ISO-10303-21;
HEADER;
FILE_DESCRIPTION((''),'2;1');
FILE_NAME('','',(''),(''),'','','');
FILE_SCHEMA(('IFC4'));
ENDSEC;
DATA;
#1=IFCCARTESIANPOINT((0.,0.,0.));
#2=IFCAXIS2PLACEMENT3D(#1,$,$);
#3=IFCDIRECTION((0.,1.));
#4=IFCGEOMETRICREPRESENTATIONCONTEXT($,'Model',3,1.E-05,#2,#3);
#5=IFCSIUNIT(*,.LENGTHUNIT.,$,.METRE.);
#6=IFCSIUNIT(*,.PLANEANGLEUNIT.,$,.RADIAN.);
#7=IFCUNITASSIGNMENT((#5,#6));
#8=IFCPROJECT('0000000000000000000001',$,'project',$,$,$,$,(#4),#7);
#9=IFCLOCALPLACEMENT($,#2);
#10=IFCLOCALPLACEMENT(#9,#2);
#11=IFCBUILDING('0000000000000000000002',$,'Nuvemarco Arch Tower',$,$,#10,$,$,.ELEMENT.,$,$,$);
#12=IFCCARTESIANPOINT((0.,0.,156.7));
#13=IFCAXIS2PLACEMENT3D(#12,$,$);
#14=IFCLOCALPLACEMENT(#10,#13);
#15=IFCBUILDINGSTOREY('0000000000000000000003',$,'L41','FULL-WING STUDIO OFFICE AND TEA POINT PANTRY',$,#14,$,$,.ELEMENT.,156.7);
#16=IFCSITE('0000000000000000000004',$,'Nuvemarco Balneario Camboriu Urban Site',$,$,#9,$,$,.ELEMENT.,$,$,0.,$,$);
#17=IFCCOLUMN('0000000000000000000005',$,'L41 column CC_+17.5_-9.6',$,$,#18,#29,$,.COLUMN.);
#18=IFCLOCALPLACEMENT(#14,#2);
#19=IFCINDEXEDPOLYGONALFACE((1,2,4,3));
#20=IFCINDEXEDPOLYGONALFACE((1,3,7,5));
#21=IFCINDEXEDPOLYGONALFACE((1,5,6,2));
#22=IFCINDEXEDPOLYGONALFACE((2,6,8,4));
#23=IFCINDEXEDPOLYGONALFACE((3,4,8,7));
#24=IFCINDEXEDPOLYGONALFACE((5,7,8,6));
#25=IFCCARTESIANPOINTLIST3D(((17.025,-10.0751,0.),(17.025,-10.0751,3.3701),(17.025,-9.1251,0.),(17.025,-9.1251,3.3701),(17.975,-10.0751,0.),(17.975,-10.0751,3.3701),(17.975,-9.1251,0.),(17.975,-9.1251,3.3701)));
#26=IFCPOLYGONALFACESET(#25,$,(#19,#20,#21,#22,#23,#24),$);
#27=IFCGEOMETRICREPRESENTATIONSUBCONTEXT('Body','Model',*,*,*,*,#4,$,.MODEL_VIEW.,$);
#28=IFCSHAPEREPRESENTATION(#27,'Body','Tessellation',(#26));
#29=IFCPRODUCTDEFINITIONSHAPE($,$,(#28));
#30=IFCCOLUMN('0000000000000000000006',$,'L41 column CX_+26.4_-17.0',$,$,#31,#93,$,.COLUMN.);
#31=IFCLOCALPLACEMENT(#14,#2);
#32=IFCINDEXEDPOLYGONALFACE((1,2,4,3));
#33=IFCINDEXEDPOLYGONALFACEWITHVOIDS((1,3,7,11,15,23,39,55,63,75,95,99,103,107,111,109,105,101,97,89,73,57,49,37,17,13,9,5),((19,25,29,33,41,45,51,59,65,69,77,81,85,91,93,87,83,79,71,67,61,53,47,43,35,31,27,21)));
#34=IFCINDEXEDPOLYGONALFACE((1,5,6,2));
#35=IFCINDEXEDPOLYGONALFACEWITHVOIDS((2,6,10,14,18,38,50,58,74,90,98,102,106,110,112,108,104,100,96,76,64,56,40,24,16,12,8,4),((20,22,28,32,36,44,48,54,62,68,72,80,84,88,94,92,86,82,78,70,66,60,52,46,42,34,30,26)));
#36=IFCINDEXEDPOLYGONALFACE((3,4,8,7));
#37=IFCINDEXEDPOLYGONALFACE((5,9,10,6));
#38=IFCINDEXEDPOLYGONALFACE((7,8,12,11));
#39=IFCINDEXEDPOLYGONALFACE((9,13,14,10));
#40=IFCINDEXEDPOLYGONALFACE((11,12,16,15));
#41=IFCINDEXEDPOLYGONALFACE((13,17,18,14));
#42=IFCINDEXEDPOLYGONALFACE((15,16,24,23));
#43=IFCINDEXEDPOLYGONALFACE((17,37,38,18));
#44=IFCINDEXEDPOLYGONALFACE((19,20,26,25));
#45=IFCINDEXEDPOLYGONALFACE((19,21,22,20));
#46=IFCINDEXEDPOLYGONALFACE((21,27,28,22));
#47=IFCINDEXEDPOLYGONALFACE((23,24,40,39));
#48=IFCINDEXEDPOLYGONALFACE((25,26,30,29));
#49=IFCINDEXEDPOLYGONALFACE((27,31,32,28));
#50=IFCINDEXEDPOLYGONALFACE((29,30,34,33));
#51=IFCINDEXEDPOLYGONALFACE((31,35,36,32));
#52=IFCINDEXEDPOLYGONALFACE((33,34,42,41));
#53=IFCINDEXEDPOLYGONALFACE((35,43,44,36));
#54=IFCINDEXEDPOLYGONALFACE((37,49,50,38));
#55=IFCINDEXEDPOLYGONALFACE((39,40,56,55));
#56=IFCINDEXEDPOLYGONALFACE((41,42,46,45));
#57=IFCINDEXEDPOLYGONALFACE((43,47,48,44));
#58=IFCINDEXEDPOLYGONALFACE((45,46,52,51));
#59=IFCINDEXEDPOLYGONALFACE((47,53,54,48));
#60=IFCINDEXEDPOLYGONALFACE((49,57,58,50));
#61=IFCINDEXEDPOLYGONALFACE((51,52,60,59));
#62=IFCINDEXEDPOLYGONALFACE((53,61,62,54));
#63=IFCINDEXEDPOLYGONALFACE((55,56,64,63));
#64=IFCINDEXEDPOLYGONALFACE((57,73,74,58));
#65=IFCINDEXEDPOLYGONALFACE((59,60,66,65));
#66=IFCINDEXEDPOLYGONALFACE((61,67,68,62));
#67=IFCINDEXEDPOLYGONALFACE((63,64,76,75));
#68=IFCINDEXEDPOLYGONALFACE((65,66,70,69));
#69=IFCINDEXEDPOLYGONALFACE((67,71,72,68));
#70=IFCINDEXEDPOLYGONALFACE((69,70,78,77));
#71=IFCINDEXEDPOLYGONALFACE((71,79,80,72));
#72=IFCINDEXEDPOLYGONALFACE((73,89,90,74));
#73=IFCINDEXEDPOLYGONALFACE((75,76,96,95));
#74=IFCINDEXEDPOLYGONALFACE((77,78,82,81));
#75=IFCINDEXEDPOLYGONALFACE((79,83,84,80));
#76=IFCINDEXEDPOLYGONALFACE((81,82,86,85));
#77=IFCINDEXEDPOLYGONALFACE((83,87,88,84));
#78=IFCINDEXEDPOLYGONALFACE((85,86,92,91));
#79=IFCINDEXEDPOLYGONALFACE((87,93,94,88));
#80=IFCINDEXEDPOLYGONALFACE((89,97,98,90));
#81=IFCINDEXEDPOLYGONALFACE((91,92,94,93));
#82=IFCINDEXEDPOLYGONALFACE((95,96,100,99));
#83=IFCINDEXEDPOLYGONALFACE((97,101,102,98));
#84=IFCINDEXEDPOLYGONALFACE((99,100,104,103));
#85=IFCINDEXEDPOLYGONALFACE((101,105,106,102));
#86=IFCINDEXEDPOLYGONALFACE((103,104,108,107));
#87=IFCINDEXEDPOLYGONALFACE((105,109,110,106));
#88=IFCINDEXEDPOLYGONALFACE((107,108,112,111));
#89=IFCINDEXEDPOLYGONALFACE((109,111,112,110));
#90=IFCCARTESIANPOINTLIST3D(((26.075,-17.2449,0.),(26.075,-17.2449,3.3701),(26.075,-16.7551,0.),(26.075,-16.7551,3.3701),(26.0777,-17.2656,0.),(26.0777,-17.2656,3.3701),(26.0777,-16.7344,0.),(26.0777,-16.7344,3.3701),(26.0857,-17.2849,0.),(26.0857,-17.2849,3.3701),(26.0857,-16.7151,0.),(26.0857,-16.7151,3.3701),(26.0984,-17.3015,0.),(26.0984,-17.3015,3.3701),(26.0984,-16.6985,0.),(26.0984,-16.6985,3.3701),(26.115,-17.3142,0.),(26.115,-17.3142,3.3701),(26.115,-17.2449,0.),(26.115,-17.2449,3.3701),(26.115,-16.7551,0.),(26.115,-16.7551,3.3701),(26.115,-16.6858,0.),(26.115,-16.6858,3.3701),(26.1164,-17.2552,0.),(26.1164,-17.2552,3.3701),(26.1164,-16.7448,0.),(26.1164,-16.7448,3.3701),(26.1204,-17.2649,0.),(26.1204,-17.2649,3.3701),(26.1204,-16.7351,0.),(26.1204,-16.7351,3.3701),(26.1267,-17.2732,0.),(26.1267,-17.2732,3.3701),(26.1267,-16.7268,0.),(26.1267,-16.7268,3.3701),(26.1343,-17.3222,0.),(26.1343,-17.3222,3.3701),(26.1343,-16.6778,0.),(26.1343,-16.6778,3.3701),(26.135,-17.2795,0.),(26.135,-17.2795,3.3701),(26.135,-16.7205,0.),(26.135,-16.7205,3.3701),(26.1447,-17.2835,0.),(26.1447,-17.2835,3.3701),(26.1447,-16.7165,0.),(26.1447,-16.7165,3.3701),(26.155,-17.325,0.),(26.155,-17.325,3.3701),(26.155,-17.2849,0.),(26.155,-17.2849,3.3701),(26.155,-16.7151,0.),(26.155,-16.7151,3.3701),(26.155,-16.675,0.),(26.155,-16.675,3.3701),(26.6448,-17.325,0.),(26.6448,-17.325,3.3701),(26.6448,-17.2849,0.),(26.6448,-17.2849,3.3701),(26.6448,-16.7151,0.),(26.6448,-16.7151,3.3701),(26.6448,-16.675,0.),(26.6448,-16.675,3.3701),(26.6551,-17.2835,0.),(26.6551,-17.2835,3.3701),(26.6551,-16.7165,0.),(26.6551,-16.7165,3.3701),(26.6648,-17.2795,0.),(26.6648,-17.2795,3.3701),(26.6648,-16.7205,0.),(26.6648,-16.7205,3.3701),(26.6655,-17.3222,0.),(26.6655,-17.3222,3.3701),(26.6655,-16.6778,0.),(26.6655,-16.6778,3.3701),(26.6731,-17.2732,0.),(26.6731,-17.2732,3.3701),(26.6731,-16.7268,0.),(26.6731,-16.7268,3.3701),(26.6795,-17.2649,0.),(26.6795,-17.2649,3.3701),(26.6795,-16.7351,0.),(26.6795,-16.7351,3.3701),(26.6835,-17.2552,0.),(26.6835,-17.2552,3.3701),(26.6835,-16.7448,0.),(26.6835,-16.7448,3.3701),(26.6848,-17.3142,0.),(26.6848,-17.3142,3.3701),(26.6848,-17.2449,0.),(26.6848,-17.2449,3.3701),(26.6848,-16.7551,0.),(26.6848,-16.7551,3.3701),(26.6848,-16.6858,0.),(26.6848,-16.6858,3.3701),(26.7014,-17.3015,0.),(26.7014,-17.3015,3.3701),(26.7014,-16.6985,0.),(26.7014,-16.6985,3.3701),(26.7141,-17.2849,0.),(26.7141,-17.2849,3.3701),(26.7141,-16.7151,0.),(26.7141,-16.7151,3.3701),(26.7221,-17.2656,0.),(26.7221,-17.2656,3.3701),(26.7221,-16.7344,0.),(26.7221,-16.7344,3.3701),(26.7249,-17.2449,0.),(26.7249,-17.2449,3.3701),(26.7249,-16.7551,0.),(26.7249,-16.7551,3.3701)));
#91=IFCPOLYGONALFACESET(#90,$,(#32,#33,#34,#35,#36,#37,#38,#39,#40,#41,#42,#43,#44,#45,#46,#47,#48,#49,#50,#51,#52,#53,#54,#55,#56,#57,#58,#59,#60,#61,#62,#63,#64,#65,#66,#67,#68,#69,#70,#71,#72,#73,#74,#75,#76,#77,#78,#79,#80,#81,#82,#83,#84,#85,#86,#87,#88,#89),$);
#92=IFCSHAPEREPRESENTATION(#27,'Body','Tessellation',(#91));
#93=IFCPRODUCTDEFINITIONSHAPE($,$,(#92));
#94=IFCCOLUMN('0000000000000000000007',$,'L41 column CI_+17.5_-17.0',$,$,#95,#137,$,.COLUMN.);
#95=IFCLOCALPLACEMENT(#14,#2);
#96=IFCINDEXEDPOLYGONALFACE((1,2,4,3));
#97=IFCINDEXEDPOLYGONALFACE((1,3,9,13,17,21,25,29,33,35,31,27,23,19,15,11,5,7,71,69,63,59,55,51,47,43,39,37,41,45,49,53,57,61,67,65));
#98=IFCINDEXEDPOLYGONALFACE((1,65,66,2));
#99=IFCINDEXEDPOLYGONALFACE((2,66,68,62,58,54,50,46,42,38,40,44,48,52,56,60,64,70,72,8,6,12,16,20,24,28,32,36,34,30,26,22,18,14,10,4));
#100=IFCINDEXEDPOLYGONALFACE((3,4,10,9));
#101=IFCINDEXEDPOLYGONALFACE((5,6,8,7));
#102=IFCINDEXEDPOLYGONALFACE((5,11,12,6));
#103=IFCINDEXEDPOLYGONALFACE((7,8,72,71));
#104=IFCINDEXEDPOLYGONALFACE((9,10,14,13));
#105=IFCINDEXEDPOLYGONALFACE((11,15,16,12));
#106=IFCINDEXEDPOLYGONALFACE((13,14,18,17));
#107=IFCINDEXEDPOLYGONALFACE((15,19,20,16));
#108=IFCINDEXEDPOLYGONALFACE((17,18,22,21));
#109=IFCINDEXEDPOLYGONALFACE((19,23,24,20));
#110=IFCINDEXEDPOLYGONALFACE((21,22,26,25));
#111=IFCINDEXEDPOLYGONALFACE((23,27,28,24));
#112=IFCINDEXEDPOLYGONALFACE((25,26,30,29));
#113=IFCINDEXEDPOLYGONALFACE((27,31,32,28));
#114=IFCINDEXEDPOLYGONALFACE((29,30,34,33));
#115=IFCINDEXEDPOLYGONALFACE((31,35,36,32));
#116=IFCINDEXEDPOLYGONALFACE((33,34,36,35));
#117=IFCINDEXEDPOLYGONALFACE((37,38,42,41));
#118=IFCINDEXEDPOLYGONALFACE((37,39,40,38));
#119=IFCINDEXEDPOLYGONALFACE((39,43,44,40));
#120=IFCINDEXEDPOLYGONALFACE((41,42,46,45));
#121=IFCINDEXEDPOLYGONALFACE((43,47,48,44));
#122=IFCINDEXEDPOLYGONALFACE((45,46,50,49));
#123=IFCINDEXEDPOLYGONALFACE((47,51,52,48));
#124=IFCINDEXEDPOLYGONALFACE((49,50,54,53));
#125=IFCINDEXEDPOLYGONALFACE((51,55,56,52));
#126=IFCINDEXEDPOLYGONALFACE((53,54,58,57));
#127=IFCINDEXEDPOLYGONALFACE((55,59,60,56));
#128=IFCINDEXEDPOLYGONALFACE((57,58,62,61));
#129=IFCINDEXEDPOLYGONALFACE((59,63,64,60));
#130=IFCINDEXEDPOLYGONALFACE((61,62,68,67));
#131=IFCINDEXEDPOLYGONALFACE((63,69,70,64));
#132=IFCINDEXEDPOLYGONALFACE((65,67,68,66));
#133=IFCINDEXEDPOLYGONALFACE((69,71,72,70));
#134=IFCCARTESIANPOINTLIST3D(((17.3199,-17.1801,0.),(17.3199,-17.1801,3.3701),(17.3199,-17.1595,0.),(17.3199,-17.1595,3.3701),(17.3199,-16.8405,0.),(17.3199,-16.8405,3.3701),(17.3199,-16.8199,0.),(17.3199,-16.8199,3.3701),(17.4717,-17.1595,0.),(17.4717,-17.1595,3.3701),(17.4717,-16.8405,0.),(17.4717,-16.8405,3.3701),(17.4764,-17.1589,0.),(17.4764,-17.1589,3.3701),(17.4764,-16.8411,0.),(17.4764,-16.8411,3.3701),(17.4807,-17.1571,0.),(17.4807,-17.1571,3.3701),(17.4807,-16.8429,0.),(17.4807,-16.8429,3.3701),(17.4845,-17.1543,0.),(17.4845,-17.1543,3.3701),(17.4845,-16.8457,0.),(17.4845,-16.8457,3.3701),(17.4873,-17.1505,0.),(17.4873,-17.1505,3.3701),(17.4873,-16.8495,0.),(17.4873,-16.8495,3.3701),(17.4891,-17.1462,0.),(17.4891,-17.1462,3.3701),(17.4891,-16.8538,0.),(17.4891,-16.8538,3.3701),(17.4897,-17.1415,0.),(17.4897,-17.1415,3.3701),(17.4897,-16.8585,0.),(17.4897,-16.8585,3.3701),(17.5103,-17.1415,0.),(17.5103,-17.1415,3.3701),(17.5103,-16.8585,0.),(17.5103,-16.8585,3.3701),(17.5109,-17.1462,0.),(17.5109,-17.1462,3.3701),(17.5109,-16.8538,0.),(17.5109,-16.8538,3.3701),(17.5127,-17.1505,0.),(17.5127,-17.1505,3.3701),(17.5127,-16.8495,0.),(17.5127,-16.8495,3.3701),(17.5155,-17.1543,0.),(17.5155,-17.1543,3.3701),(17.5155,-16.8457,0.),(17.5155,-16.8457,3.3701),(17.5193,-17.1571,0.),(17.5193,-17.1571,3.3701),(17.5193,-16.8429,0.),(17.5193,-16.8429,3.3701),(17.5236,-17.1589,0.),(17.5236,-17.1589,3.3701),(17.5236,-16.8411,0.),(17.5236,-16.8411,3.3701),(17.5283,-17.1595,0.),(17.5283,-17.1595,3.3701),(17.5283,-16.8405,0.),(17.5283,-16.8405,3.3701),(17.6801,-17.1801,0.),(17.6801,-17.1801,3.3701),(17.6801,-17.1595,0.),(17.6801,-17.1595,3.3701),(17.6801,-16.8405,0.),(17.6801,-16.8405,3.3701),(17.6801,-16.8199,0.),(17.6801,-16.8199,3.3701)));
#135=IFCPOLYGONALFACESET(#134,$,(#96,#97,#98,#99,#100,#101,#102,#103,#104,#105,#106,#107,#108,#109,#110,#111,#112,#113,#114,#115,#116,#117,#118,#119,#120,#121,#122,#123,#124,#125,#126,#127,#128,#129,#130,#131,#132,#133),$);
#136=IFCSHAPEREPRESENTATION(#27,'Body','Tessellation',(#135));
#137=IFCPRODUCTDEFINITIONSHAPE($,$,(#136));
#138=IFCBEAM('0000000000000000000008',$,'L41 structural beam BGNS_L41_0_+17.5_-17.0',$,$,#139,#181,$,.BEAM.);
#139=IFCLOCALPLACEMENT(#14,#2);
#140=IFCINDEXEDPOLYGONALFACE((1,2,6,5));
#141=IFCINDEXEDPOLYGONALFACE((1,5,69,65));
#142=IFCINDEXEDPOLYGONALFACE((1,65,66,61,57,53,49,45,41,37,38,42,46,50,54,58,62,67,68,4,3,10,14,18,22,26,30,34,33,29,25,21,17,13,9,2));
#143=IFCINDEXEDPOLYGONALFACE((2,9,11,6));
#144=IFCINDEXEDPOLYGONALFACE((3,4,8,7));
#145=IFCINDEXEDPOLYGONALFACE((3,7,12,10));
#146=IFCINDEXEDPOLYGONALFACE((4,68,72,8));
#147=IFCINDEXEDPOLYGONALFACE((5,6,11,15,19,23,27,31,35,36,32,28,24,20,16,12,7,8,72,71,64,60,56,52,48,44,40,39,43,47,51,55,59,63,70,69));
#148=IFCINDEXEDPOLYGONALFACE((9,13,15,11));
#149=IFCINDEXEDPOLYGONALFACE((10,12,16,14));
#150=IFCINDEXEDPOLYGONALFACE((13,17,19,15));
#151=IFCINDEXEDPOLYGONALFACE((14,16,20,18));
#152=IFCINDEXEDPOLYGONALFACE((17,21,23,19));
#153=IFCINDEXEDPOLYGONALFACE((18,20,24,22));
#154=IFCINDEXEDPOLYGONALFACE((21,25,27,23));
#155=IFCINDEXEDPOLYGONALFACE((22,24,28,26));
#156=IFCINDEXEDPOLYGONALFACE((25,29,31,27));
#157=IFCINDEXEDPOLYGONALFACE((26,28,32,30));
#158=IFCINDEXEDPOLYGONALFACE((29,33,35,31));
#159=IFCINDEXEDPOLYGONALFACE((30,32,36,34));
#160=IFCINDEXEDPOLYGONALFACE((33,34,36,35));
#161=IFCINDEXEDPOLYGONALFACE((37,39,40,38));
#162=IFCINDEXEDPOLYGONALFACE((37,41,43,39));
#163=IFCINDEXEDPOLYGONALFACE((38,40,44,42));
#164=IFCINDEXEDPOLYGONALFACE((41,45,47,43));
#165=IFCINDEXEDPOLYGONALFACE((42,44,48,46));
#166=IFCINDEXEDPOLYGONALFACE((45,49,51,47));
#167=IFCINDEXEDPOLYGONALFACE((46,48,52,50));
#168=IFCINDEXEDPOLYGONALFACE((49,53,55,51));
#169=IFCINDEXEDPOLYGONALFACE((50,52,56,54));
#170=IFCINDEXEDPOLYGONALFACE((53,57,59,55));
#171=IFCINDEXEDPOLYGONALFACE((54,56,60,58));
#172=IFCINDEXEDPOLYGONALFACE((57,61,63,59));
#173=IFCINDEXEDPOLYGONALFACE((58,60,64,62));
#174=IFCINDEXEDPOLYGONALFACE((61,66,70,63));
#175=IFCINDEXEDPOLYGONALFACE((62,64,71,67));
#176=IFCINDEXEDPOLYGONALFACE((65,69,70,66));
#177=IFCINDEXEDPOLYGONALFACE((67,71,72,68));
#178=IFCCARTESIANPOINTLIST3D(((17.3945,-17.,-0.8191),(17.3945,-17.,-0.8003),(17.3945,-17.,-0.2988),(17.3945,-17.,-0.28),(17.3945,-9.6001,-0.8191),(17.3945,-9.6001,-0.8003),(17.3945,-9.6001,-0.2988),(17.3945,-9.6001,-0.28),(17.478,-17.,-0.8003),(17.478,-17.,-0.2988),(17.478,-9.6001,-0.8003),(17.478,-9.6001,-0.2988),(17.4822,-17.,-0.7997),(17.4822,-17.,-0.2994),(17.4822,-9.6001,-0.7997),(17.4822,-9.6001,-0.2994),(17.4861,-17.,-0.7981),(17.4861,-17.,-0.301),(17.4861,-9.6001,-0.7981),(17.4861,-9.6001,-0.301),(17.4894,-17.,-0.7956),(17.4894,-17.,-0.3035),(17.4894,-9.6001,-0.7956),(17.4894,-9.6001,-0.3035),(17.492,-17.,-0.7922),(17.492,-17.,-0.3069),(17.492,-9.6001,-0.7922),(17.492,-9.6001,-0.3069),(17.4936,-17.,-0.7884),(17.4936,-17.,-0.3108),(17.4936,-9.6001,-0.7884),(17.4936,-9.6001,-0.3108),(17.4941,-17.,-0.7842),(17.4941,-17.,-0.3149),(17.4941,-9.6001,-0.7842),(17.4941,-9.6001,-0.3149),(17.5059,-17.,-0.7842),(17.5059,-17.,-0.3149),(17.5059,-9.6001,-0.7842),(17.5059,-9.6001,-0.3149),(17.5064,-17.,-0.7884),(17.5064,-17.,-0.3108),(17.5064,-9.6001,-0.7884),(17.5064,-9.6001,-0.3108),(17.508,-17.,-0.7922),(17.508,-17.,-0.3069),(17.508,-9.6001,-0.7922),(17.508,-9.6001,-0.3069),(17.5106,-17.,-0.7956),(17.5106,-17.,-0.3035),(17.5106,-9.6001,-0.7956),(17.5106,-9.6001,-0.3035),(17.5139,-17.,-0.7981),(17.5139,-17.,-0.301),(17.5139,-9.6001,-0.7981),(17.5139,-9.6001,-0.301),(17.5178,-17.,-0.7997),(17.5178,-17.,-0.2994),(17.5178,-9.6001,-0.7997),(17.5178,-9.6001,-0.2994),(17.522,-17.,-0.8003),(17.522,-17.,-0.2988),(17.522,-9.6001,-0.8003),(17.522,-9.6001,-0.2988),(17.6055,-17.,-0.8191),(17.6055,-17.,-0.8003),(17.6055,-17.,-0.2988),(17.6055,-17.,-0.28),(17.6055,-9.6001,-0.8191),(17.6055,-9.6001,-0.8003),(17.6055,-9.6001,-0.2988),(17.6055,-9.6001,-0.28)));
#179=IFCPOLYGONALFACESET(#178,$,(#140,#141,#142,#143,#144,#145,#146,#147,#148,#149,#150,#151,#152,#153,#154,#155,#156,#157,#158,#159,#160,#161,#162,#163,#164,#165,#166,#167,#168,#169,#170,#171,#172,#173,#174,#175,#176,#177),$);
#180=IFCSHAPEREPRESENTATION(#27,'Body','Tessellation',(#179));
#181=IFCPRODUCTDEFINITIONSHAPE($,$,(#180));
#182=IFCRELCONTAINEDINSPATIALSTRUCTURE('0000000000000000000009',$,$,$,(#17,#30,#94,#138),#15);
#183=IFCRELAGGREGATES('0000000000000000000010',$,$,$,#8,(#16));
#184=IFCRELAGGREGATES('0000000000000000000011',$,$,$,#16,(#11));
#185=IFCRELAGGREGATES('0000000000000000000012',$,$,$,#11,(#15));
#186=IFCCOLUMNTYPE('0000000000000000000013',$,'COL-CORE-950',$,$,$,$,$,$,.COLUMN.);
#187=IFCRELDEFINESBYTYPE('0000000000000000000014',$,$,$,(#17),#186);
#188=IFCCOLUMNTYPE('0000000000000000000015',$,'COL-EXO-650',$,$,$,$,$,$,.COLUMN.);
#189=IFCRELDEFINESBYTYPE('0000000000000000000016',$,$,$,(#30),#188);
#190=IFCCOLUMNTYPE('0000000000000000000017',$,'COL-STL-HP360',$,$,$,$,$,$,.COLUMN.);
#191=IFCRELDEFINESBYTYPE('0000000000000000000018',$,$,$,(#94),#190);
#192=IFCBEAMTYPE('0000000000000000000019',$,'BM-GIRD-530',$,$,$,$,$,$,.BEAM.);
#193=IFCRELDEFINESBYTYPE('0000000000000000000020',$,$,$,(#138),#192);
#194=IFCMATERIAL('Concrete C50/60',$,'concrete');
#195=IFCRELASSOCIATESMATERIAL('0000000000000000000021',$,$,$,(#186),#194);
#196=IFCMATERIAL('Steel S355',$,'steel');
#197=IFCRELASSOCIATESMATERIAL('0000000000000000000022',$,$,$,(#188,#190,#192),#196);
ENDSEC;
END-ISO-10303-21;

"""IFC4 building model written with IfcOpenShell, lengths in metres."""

from ifc_helpers import new_model, si_unit, direction, frame, origin, origin_2d, place, context, subcontext, project, spatial, rectangle, hollow_rectangle, i_section, extrude, material, material_profile, profile_set, type_object, element, save


model = new_model("IFC4")

# Units and contexts
model_context = context("Model", 3, precision=1e-05, world=origin(), true_north=direction((0.0, 1.0)))
body_context = subcontext(model_context, "Body", "Model", "MODEL_VIEW")
ifc_project = project(units=[si_unit("LENGTHUNIT", "METRE"), si_unit("PLANEANGLEUNIT", "RADIAN")], contexts=[model_context])

# Site, building, storey
site_placement = place(None, origin())
site = spatial("IfcSite", under=ifc_project, at=site_placement, Name="Nuvemarco Balneario Camboriu Urban Site", CompositionType="ELEMENT", RefElevation=0.0)
building_placement = place(site_placement, origin())
building = spatial("IfcBuilding", under=site, at=building_placement, Name="Nuvemarco Arch Tower", CompositionType="ELEMENT")
storey_placement = place(building_placement, frame((0.0, 0.0, 156.7)))
storey = spatial("IfcBuildingStorey", under=building, at=storey_placement, Name="L41", Description="FULL-WING STUDIO OFFICE AND TEA POINT PANTRY", CompositionType="ELEMENT", Elevation=156.7)

# Columns
ifc_material_1 = material(Name="Concrete C50/60", Category="concrete")
ifc_material_profile_1 = material_profile(ifc_material_1, rectangle(XDim=0.95, YDim=0.95, at=origin_2d()), Name="RC-COL-950x950")
ifc_profile_set_1 = profile_set([ifc_material_profile_1], Name="Concrete C50/60")
column_type_1 = type_object("IfcColumnType", Name="COL-CORE-950", PredefinedType="COLUMN", material=ifc_profile_set_1)
column_1_placement = place(storey_placement, frame((17.5, -9.6001, 0.0), z_axis=(0.0, 0.0, 1.0), x_axis=(1.0, 0.0, 0.0)))
element("IfcColumn", 1, at=column_1_placement, inside=storey, type_object=column_type_1, Name="L41 column CC_+17.5_-9.6", PredefinedType="COLUMN", context=body_context, shape_type="SweptSolid", body=[
    extrude(rectangle(XDim=0.95, YDim=0.95, at=origin_2d()), origin(), (0.0, 0.0, 1.0), 3.3701),
])
ifc_material_2 = material(Name="Steel S355", Category="steel")
ifc_material_profile_2 = material_profile(ifc_material_2, hollow_rectangle(XDim=0.6499, YDim=0.6499, WallThickness=0.04, InnerFilletRadius=0.04, OuterFilletRadius=0.0801, at=origin_2d()), Name="SHS650x650x40")
ifc_profile_set_2 = profile_set([ifc_material_profile_2], Name="Steel S355")
column_type_2 = type_object("IfcColumnType", Name="COL-EXO-650", PredefinedType="COLUMN", material=ifc_profile_set_2)
column_2_placement = place(storey_placement, frame((26.3999, -17.0, 0.0), z_axis=(0.0, 0.0, 1.0), x_axis=(1.0, 0.0, 0.0)))
element("IfcColumn", 2, at=column_2_placement, inside=storey, type_object=column_type_2, Name="L41 column CX_+26.4_-17.0", PredefinedType="COLUMN", context=body_context, shape_type="SweptSolid", body=[
    extrude(hollow_rectangle(XDim=0.6499, YDim=0.6499, WallThickness=0.04, InnerFilletRadius=0.04, OuterFilletRadius=0.0801, at=origin_2d()), origin(), (0.0, 0.0, 1.0), 3.3701),
])
ifc_material_profile_3 = material_profile(ifc_material_2, i_section(OverallWidth=0.3601, OverallDepth=0.3601, WebThickness=0.0205, FlangeThickness=0.0205, FilletRadius=0.0181, at=origin_2d()), Name="HP360x174")
ifc_profile_set_3 = profile_set([ifc_material_profile_3], Name="Steel S355")
column_type_3 = type_object("IfcColumnType", Name="COL-STL-HP360", PredefinedType="COLUMN", material=ifc_profile_set_3)
column_3_placement = place(storey_placement, frame((17.5, -17.0, 0.0), z_axis=(0.0, 0.0, 1.0), x_axis=(1.0, 0.0, 0.0)))
element("IfcColumn", 3, at=column_3_placement, inside=storey, type_object=column_type_3, Name="L41 column CI_+17.5_-17.0", PredefinedType="COLUMN", context=body_context, shape_type="SweptSolid", body=[
    extrude(i_section(OverallWidth=0.3601, OverallDepth=0.3601, WebThickness=0.0205, FlangeThickness=0.0205, FilletRadius=0.0181, at=origin_2d()), origin(), (0.0, 0.0, 1.0), 3.3701),
])

# Beam
ifc_material_profile_4 = material_profile(ifc_material_2, i_section(OverallWidth=0.2109, OverallDepth=0.5391, WebThickness=0.0117, FlangeThickness=0.0188, FilletRadius=0.0161, at=origin_2d()), Name="W530x109")
ifc_profile_set_4 = profile_set([ifc_material_profile_4], Name="Steel S355")
beam_type_1 = type_object("IfcBeamType", Name="BM-GIRD-530", PredefinedType="BEAM", material=ifc_profile_set_4)
beam_1_placement = place(storey_placement, frame((17.5, -17.0, -0.5496), z_axis=(0.0, 1.0, 0.0), x_axis=(-1.0, 0.0, 0.0)))
element("IfcBeam", 4, at=beam_1_placement, inside=storey, type_object=beam_type_1, Name="L41 structural beam BGNS_L41_0_+17.5_-17.0", PredefinedType="BEAM", context=body_context, shape_type="SweptSolid", body=[
    extrude(i_section(OverallWidth=0.2109, OverallDepth=0.5391, WebThickness=0.0117, FlangeThickness=0.0188, FilletRadius=0.0161, at=origin_2d()), origin(), (0.0, 0.0, 1.0), 7.3999),
])

save(model, "model.ifc")
